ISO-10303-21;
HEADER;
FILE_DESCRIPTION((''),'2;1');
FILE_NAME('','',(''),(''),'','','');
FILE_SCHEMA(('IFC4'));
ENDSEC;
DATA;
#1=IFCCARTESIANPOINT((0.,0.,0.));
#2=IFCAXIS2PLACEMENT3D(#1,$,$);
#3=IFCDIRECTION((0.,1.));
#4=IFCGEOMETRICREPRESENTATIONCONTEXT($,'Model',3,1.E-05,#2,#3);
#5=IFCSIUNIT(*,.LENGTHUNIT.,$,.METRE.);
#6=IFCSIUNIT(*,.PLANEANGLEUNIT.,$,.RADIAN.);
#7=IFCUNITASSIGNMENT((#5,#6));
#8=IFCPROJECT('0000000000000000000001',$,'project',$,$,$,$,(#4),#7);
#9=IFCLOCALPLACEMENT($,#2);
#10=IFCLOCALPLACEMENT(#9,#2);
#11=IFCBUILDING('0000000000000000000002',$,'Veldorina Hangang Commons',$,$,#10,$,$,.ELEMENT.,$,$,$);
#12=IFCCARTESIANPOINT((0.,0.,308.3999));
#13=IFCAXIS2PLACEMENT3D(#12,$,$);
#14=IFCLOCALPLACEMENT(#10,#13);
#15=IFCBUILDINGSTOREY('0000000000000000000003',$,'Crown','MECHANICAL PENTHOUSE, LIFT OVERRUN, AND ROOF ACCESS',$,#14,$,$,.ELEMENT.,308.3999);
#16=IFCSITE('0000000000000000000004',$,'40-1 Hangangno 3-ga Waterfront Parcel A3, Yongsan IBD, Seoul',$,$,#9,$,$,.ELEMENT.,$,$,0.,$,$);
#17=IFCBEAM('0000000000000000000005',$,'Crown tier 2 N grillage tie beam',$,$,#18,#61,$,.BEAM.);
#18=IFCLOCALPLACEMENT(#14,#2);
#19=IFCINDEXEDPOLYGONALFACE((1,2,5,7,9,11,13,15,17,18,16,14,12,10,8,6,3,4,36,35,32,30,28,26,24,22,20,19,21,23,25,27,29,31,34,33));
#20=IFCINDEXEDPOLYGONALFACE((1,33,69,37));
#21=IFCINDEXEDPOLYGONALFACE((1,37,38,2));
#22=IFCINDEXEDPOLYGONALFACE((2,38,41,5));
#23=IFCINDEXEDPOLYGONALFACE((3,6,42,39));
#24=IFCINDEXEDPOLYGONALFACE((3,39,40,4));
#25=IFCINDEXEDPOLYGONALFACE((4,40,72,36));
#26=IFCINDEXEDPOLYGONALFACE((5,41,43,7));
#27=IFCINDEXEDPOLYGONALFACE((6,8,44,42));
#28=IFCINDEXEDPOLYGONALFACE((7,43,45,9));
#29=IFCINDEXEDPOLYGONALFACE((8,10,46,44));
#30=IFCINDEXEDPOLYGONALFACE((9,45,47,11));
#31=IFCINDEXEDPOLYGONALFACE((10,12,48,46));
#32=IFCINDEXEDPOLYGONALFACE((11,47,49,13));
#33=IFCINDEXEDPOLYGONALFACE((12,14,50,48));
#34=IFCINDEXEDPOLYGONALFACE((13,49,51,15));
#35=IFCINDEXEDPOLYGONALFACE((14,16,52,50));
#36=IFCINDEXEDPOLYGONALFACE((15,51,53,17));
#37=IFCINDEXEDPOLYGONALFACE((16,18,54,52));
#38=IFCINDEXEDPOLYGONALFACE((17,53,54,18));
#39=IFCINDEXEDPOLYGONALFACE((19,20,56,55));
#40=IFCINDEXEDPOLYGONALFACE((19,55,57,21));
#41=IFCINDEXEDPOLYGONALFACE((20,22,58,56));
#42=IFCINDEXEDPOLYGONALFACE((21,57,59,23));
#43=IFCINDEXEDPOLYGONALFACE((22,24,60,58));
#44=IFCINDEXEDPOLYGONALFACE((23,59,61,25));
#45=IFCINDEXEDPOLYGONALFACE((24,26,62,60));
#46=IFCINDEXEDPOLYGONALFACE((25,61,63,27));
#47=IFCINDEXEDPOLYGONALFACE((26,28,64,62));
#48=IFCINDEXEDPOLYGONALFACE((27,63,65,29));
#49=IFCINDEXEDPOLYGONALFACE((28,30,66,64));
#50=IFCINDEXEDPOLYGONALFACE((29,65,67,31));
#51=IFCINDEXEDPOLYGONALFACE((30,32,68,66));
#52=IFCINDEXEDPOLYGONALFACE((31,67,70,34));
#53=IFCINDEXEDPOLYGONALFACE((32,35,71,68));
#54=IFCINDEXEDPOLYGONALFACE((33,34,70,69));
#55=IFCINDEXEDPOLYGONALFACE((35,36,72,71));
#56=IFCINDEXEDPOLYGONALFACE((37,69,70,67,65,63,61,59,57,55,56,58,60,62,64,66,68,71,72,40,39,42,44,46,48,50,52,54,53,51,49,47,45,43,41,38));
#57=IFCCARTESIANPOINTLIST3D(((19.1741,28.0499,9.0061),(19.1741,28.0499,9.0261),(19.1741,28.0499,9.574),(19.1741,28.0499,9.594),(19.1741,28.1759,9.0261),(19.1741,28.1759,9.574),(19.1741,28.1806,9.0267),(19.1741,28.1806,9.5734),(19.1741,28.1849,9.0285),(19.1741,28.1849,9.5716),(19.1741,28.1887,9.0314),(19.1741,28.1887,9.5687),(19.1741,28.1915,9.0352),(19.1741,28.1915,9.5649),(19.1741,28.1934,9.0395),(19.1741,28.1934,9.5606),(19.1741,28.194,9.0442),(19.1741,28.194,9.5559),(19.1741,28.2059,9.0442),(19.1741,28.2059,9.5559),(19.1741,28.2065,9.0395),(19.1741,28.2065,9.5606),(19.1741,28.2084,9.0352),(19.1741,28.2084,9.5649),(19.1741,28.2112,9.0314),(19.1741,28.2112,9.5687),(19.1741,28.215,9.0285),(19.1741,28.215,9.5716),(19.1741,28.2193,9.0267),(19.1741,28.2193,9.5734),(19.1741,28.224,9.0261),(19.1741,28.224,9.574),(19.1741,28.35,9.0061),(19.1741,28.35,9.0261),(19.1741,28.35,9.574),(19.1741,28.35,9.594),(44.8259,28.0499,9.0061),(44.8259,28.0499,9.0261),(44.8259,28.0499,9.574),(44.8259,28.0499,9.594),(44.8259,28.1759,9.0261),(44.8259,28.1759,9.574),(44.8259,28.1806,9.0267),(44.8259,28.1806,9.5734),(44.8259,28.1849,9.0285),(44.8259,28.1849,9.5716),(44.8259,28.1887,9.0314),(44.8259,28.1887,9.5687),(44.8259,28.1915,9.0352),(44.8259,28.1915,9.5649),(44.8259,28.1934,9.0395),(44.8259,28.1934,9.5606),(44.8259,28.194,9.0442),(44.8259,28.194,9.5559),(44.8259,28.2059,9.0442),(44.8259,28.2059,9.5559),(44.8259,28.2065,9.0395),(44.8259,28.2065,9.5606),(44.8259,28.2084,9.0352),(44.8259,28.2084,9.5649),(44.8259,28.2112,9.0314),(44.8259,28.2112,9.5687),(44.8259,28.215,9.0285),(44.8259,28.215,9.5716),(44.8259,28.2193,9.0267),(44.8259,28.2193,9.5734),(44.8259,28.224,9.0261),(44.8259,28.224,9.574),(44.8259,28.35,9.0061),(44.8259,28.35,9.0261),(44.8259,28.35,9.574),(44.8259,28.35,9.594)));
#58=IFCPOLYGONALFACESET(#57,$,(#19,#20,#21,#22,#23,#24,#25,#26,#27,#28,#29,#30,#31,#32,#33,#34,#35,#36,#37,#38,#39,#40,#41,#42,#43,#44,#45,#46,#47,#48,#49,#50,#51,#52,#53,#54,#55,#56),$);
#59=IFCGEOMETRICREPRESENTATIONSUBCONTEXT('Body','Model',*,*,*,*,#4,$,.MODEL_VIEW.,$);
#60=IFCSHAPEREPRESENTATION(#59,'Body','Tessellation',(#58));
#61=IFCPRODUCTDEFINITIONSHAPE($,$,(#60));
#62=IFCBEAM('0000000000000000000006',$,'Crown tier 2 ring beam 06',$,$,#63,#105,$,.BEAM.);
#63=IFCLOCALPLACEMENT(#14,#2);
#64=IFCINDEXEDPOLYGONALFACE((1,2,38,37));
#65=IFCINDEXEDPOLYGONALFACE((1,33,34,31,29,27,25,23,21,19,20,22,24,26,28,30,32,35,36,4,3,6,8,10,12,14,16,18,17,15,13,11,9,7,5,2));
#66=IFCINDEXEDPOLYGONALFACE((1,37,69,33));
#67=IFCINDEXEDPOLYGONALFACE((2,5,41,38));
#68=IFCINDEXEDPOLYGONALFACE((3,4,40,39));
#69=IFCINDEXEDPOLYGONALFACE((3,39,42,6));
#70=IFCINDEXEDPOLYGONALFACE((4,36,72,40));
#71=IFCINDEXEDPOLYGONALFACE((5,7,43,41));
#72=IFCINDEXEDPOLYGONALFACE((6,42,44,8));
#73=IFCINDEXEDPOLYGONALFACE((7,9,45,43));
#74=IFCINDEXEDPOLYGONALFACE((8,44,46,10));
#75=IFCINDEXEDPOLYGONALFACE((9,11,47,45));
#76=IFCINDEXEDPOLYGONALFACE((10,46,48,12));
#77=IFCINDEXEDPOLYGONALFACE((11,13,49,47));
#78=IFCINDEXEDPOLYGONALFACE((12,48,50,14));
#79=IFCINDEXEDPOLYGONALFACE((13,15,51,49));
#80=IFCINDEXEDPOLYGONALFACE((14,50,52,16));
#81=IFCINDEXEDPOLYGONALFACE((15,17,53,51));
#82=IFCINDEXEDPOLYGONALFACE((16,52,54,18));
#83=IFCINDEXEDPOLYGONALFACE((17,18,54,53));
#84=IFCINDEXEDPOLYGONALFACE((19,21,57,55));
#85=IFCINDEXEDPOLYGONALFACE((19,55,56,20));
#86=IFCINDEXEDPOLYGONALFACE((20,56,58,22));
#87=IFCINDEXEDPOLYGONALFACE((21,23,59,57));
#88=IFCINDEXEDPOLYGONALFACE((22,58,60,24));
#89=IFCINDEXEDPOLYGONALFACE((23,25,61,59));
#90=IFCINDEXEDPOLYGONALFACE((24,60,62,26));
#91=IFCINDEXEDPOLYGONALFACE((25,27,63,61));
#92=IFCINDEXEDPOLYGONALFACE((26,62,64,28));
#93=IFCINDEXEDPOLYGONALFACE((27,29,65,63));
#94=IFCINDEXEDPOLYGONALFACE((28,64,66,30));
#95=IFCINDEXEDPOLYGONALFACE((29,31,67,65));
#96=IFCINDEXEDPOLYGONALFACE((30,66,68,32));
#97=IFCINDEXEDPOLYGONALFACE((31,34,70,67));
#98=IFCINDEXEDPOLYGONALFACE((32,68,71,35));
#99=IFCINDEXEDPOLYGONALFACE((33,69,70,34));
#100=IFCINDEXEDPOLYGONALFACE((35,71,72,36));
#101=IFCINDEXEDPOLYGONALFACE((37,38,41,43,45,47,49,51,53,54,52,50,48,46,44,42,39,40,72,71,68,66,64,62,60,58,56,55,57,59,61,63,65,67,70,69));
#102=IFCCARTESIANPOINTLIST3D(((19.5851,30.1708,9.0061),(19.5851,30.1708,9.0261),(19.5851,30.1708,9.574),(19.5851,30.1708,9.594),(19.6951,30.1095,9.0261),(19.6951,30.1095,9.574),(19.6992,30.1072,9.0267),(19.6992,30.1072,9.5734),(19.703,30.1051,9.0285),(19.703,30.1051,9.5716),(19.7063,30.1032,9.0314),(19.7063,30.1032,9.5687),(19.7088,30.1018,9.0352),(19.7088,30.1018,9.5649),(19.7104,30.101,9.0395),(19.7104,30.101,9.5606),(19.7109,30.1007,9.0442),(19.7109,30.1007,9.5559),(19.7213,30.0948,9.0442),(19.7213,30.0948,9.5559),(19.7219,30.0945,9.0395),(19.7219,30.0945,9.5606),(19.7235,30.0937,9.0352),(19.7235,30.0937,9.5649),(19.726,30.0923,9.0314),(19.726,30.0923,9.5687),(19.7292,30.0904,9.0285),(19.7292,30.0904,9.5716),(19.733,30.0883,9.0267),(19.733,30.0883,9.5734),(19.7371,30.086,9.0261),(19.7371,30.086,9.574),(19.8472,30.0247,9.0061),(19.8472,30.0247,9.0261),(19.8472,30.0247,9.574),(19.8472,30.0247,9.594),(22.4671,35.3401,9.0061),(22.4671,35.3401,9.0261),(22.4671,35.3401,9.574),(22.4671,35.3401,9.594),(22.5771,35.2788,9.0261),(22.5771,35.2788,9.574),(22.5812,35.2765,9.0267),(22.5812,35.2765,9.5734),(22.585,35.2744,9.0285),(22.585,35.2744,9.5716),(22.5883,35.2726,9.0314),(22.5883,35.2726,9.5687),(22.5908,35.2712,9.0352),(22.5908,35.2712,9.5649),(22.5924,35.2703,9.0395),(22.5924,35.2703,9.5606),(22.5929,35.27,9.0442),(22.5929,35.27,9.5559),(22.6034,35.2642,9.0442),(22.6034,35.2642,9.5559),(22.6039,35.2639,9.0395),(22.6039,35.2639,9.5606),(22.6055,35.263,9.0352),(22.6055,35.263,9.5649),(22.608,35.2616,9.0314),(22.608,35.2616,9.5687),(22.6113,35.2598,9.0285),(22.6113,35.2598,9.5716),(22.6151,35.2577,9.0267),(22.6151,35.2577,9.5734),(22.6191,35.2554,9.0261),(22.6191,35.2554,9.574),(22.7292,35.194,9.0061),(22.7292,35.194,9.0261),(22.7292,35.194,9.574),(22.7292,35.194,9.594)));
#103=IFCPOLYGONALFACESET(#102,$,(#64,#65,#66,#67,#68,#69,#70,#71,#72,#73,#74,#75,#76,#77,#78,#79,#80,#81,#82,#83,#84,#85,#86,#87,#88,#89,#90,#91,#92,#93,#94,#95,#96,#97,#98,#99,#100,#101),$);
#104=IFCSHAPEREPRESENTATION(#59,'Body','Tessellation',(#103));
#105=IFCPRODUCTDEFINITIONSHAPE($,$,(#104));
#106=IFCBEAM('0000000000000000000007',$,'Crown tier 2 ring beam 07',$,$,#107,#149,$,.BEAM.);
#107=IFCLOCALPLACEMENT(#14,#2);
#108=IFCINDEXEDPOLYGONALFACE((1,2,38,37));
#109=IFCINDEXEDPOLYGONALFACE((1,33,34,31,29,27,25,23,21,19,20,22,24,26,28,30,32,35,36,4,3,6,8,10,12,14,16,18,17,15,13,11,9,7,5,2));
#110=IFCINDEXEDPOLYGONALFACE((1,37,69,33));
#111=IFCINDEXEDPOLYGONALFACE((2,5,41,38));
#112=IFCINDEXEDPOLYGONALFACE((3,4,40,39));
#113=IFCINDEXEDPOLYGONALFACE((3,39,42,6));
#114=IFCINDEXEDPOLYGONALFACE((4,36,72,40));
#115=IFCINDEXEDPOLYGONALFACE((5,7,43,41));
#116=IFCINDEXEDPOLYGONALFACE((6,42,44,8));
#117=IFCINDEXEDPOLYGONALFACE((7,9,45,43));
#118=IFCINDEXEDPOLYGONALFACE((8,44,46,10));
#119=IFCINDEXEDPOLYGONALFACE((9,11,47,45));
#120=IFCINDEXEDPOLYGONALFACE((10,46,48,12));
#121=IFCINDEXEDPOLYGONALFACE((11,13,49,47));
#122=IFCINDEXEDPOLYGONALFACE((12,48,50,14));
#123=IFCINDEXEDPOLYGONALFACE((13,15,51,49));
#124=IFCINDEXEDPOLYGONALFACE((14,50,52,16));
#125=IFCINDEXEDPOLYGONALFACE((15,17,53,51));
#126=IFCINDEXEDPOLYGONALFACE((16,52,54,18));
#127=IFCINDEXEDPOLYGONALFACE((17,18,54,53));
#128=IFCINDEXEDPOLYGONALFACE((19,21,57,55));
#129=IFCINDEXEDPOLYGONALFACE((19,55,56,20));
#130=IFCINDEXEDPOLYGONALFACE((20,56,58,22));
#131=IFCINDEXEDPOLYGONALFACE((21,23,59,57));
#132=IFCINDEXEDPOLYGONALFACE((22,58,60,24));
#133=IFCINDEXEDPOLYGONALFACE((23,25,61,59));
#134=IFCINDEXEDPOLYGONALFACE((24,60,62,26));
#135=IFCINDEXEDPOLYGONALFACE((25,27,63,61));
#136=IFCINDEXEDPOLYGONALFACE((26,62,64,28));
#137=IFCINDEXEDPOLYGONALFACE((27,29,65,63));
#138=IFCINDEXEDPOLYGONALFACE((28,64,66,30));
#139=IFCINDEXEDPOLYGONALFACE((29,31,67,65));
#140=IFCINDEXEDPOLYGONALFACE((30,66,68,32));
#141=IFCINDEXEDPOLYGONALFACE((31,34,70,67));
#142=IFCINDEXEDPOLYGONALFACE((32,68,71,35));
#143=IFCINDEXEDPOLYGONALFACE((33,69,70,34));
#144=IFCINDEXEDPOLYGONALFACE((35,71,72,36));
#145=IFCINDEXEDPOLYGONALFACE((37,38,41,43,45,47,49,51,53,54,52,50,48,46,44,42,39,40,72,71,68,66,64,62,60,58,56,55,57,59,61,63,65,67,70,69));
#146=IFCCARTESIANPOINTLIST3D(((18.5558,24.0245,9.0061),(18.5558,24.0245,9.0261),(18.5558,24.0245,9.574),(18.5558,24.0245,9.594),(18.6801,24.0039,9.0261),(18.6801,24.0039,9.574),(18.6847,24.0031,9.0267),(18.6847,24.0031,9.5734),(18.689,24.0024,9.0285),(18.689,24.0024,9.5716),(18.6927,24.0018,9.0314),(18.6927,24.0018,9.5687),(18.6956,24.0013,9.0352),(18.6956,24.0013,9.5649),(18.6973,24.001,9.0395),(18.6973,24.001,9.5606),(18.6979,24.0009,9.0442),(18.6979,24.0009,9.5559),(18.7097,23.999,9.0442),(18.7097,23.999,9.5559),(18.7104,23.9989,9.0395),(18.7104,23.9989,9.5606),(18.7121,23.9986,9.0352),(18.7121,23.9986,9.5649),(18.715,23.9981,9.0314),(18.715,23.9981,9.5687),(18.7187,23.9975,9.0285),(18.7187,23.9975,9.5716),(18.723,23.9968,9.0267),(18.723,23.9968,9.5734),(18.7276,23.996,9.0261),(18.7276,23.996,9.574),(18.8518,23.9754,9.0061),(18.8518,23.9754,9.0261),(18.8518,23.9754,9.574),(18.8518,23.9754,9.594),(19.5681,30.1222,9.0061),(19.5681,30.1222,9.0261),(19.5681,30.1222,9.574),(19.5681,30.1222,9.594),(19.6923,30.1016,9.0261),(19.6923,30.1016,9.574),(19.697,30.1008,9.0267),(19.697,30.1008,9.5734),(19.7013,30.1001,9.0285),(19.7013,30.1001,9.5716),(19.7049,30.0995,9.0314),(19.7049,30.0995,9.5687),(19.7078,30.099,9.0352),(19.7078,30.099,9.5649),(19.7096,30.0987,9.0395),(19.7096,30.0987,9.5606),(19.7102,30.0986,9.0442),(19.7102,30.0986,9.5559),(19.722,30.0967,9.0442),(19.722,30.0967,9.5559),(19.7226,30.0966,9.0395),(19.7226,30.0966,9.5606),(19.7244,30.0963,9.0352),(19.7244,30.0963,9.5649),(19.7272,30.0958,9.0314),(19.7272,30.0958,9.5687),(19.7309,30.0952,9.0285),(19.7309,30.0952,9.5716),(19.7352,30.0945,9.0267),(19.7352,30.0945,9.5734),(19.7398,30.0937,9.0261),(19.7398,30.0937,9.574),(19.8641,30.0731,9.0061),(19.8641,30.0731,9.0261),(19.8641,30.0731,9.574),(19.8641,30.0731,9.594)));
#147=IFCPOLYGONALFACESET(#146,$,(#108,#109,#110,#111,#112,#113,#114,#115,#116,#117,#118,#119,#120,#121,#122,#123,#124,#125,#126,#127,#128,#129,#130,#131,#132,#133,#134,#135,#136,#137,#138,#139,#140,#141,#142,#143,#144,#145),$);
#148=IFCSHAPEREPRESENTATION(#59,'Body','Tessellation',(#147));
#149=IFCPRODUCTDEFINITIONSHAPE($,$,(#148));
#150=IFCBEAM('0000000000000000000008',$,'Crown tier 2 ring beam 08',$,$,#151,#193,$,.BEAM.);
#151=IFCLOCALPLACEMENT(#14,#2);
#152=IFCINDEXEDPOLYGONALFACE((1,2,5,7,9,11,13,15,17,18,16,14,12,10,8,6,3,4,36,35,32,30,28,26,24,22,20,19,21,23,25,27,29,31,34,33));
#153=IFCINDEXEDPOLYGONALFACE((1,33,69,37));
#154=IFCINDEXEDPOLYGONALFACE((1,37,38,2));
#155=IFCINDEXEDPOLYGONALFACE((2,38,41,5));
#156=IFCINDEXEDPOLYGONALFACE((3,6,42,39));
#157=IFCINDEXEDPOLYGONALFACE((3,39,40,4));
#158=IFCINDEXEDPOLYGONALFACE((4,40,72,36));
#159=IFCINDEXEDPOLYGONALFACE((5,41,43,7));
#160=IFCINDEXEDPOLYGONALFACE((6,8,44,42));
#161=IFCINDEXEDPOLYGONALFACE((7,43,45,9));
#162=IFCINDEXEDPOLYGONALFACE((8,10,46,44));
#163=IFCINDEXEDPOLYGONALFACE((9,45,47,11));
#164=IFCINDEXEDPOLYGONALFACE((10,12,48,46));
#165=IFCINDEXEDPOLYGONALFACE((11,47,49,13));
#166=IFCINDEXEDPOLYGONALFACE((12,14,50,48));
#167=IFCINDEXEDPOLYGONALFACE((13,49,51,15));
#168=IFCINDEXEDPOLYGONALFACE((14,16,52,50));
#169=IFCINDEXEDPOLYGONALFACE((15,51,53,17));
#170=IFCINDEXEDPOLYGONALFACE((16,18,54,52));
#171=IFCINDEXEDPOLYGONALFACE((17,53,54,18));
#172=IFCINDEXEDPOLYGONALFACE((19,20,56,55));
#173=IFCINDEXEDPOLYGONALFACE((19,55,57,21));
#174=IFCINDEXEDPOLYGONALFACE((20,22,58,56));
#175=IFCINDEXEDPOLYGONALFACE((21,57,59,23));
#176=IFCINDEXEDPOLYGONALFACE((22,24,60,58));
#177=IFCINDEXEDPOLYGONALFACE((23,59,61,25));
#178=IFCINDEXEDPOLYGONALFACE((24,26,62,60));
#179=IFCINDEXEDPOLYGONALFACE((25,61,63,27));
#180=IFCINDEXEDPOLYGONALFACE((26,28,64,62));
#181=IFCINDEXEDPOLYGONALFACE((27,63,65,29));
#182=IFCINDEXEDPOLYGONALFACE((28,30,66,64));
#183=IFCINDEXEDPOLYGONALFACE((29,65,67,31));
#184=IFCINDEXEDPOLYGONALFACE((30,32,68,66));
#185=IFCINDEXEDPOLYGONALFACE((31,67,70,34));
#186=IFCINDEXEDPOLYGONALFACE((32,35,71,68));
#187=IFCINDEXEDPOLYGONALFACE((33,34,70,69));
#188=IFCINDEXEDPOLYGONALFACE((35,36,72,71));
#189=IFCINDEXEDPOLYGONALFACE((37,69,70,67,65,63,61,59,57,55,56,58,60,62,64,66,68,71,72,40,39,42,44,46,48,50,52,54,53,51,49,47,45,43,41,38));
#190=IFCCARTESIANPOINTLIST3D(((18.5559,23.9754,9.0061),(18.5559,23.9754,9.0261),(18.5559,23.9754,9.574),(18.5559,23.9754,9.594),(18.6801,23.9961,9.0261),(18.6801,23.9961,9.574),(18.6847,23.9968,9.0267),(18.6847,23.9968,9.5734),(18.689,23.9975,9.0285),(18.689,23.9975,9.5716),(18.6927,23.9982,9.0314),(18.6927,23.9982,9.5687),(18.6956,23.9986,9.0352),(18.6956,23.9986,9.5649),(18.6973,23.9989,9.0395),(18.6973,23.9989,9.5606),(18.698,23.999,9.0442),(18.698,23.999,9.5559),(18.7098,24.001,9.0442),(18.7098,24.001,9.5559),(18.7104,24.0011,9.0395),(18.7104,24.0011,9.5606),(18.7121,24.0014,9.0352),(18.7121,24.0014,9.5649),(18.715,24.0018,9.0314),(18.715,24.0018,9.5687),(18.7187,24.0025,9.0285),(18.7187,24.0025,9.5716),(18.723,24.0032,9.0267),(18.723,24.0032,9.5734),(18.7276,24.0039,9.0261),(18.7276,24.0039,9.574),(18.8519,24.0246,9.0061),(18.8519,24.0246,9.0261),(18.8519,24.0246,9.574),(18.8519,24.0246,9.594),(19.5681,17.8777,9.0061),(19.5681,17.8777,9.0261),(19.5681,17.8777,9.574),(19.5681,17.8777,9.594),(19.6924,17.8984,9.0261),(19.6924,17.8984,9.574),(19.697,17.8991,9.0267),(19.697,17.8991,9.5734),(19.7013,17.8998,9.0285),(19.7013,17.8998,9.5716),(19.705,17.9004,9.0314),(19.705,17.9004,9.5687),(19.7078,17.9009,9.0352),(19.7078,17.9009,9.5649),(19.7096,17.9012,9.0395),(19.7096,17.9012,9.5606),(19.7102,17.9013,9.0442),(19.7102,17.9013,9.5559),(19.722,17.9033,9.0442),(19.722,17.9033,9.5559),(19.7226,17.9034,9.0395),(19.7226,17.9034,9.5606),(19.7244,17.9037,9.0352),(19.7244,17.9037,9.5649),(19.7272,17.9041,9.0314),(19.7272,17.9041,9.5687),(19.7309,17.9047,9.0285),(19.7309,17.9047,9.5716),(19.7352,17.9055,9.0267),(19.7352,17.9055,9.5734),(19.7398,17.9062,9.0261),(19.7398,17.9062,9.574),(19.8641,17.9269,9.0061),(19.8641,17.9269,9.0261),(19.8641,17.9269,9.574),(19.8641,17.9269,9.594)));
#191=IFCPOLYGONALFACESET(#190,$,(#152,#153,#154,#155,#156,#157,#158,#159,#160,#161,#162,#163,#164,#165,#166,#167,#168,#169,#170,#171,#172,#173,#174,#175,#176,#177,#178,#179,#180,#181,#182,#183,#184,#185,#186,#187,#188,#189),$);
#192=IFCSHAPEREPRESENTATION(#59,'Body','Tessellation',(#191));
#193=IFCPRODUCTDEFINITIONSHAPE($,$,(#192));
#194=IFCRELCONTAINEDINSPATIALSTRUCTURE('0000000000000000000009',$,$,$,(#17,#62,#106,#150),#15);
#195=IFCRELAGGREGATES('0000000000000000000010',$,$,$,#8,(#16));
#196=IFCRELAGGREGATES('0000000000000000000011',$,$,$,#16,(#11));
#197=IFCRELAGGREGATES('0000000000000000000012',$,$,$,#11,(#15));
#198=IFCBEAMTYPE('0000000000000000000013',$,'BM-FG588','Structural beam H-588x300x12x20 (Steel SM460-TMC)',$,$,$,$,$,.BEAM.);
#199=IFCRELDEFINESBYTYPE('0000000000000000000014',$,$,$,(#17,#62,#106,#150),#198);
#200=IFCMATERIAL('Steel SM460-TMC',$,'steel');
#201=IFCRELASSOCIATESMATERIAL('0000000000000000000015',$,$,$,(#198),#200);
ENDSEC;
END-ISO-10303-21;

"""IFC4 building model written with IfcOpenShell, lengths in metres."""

from ifc_helpers import new_model, si_unit, direction, frame, origin, origin_2d, place, context, subcontext, project, spatial, i_section, extrude, material, material_profile, profile_set, type_object, element, save


model = new_model("IFC4")

# Units and contexts
model_context = context("Model", 3, precision=1e-05, world=origin(), true_north=direction((0.0, 1.0)))
body_context = subcontext(model_context, "Body", "Model", "MODEL_VIEW")
ifc_project = project(units=[si_unit("LENGTHUNIT", "METRE"), si_unit("PLANEANGLEUNIT", "RADIAN")], contexts=[model_context])

# Site, building, storey
site_placement = place(None, origin())
site = spatial("IfcSite", under=ifc_project, at=site_placement, Name="40-1 Hangangno 3-ga Waterfront Parcel A3, Yongsan IBD, Seoul", CompositionType="ELEMENT", RefElevation=0.0)
building_placement = place(site_placement, origin())
building = spatial("IfcBuilding", under=site, at=building_placement, Name="Veldorina Hangang Commons", CompositionType="ELEMENT")
storey_placement = place(building_placement, frame((0.0, 0.0, 308.3999)))
storey = spatial("IfcBuildingStorey", under=building, at=storey_placement, Name="Crown", Description="MECHANICAL PENTHOUSE, LIFT OVERRUN, AND ROOF ACCESS", CompositionType="ELEMENT", Elevation=308.3999)

# Beams
ifc_material_1 = material(Name="Steel SM460-TMC", Category="steel")
ifc_material_profile_1 = material_profile(ifc_material_1, i_section(OverallWidth=0.3, OverallDepth=0.5879, WebThickness=0.012, FlangeThickness=0.02, FilletRadius=0.0181, at=origin_2d()), Name="H-588x300x12x20")
ifc_profile_set_1 = profile_set([ifc_material_profile_1], Name="Steel SM460-TMC")
beam_type = type_object("IfcBeamType", Name="BM-FG588", Description="Structural beam H-588x300x12x20 (Steel SM460-TMC)", PredefinedType="BEAM", material=ifc_profile_set_1)
beam_1_placement = place(storey_placement, frame((19.1741, 28.2, 9.3), z_axis=(1.0, 0.0, 0.0), x_axis=(0.0, 1.0, 0.0)))
element("IfcBeam", 1, at=beam_1_placement, inside=storey, type_object=beam_type, Name="Crown tier 2 N grillage tie beam", PredefinedType="BEAM", context=body_context, shape_type="SweptSolid", body=[
    extrude(i_section(OverallWidth=0.3, OverallDepth=0.5879, WebThickness=0.012, FlangeThickness=0.02, FilletRadius=0.0181, at=origin_2d()), origin(), (0.0, 0.0, 1.0), 25.6519),
])
beam_2_placement = place(storey_placement, frame((22.5981, 35.2671, 9.3), z_axis=(-0.486956, -0.873427, 0.0), x_axis=(0.873427, -0.486956, 0.0)))
element("IfcBeam", 2, at=beam_2_placement, inside=storey, type_object=beam_type, Name="Crown tier 2 ring beam 06", PredefinedType="BEAM", context=body_context, shape_type="SweptSolid", body=[
    extrude(i_section(OverallWidth=0.3, OverallDepth=0.5879, WebThickness=0.012, FlangeThickness=0.02, FilletRadius=0.0181, at=origin_2d()), origin(), (0.0, 0.0, 1.0), 5.9185),
])
for number, where, z_axis, x_axis, name in (
    (3, (19.7161, 30.0977, 9.3), (-0.163758, -0.9865, 0.0), (0.9865, -0.163758, 0.0), "Crown tier 2 ring beam 07"),
    (4, (18.7039, 24.0, 9.3), (0.163758, -0.9865, 0.0), (0.9865, 0.163758, 0.0), "Crown tier 2 ring beam 08"),
):
    element("IfcBeam", number, at=place(storey_placement, frame(where, z_axis=z_axis, x_axis=x_axis)), inside=storey, type_object=beam_type, Name=name, PredefinedType="BEAM", context=body_context, shape_type="SweptSolid", body=[
        extrude(i_section(OverallWidth=0.3, OverallDepth=0.5879, WebThickness=0.012, FlangeThickness=0.02, FilletRadius=0.0181, at=origin_2d()), origin(), (0.0, 0.0, 1.0), 6.1812),
    ])

save(model, "model.ifc")
